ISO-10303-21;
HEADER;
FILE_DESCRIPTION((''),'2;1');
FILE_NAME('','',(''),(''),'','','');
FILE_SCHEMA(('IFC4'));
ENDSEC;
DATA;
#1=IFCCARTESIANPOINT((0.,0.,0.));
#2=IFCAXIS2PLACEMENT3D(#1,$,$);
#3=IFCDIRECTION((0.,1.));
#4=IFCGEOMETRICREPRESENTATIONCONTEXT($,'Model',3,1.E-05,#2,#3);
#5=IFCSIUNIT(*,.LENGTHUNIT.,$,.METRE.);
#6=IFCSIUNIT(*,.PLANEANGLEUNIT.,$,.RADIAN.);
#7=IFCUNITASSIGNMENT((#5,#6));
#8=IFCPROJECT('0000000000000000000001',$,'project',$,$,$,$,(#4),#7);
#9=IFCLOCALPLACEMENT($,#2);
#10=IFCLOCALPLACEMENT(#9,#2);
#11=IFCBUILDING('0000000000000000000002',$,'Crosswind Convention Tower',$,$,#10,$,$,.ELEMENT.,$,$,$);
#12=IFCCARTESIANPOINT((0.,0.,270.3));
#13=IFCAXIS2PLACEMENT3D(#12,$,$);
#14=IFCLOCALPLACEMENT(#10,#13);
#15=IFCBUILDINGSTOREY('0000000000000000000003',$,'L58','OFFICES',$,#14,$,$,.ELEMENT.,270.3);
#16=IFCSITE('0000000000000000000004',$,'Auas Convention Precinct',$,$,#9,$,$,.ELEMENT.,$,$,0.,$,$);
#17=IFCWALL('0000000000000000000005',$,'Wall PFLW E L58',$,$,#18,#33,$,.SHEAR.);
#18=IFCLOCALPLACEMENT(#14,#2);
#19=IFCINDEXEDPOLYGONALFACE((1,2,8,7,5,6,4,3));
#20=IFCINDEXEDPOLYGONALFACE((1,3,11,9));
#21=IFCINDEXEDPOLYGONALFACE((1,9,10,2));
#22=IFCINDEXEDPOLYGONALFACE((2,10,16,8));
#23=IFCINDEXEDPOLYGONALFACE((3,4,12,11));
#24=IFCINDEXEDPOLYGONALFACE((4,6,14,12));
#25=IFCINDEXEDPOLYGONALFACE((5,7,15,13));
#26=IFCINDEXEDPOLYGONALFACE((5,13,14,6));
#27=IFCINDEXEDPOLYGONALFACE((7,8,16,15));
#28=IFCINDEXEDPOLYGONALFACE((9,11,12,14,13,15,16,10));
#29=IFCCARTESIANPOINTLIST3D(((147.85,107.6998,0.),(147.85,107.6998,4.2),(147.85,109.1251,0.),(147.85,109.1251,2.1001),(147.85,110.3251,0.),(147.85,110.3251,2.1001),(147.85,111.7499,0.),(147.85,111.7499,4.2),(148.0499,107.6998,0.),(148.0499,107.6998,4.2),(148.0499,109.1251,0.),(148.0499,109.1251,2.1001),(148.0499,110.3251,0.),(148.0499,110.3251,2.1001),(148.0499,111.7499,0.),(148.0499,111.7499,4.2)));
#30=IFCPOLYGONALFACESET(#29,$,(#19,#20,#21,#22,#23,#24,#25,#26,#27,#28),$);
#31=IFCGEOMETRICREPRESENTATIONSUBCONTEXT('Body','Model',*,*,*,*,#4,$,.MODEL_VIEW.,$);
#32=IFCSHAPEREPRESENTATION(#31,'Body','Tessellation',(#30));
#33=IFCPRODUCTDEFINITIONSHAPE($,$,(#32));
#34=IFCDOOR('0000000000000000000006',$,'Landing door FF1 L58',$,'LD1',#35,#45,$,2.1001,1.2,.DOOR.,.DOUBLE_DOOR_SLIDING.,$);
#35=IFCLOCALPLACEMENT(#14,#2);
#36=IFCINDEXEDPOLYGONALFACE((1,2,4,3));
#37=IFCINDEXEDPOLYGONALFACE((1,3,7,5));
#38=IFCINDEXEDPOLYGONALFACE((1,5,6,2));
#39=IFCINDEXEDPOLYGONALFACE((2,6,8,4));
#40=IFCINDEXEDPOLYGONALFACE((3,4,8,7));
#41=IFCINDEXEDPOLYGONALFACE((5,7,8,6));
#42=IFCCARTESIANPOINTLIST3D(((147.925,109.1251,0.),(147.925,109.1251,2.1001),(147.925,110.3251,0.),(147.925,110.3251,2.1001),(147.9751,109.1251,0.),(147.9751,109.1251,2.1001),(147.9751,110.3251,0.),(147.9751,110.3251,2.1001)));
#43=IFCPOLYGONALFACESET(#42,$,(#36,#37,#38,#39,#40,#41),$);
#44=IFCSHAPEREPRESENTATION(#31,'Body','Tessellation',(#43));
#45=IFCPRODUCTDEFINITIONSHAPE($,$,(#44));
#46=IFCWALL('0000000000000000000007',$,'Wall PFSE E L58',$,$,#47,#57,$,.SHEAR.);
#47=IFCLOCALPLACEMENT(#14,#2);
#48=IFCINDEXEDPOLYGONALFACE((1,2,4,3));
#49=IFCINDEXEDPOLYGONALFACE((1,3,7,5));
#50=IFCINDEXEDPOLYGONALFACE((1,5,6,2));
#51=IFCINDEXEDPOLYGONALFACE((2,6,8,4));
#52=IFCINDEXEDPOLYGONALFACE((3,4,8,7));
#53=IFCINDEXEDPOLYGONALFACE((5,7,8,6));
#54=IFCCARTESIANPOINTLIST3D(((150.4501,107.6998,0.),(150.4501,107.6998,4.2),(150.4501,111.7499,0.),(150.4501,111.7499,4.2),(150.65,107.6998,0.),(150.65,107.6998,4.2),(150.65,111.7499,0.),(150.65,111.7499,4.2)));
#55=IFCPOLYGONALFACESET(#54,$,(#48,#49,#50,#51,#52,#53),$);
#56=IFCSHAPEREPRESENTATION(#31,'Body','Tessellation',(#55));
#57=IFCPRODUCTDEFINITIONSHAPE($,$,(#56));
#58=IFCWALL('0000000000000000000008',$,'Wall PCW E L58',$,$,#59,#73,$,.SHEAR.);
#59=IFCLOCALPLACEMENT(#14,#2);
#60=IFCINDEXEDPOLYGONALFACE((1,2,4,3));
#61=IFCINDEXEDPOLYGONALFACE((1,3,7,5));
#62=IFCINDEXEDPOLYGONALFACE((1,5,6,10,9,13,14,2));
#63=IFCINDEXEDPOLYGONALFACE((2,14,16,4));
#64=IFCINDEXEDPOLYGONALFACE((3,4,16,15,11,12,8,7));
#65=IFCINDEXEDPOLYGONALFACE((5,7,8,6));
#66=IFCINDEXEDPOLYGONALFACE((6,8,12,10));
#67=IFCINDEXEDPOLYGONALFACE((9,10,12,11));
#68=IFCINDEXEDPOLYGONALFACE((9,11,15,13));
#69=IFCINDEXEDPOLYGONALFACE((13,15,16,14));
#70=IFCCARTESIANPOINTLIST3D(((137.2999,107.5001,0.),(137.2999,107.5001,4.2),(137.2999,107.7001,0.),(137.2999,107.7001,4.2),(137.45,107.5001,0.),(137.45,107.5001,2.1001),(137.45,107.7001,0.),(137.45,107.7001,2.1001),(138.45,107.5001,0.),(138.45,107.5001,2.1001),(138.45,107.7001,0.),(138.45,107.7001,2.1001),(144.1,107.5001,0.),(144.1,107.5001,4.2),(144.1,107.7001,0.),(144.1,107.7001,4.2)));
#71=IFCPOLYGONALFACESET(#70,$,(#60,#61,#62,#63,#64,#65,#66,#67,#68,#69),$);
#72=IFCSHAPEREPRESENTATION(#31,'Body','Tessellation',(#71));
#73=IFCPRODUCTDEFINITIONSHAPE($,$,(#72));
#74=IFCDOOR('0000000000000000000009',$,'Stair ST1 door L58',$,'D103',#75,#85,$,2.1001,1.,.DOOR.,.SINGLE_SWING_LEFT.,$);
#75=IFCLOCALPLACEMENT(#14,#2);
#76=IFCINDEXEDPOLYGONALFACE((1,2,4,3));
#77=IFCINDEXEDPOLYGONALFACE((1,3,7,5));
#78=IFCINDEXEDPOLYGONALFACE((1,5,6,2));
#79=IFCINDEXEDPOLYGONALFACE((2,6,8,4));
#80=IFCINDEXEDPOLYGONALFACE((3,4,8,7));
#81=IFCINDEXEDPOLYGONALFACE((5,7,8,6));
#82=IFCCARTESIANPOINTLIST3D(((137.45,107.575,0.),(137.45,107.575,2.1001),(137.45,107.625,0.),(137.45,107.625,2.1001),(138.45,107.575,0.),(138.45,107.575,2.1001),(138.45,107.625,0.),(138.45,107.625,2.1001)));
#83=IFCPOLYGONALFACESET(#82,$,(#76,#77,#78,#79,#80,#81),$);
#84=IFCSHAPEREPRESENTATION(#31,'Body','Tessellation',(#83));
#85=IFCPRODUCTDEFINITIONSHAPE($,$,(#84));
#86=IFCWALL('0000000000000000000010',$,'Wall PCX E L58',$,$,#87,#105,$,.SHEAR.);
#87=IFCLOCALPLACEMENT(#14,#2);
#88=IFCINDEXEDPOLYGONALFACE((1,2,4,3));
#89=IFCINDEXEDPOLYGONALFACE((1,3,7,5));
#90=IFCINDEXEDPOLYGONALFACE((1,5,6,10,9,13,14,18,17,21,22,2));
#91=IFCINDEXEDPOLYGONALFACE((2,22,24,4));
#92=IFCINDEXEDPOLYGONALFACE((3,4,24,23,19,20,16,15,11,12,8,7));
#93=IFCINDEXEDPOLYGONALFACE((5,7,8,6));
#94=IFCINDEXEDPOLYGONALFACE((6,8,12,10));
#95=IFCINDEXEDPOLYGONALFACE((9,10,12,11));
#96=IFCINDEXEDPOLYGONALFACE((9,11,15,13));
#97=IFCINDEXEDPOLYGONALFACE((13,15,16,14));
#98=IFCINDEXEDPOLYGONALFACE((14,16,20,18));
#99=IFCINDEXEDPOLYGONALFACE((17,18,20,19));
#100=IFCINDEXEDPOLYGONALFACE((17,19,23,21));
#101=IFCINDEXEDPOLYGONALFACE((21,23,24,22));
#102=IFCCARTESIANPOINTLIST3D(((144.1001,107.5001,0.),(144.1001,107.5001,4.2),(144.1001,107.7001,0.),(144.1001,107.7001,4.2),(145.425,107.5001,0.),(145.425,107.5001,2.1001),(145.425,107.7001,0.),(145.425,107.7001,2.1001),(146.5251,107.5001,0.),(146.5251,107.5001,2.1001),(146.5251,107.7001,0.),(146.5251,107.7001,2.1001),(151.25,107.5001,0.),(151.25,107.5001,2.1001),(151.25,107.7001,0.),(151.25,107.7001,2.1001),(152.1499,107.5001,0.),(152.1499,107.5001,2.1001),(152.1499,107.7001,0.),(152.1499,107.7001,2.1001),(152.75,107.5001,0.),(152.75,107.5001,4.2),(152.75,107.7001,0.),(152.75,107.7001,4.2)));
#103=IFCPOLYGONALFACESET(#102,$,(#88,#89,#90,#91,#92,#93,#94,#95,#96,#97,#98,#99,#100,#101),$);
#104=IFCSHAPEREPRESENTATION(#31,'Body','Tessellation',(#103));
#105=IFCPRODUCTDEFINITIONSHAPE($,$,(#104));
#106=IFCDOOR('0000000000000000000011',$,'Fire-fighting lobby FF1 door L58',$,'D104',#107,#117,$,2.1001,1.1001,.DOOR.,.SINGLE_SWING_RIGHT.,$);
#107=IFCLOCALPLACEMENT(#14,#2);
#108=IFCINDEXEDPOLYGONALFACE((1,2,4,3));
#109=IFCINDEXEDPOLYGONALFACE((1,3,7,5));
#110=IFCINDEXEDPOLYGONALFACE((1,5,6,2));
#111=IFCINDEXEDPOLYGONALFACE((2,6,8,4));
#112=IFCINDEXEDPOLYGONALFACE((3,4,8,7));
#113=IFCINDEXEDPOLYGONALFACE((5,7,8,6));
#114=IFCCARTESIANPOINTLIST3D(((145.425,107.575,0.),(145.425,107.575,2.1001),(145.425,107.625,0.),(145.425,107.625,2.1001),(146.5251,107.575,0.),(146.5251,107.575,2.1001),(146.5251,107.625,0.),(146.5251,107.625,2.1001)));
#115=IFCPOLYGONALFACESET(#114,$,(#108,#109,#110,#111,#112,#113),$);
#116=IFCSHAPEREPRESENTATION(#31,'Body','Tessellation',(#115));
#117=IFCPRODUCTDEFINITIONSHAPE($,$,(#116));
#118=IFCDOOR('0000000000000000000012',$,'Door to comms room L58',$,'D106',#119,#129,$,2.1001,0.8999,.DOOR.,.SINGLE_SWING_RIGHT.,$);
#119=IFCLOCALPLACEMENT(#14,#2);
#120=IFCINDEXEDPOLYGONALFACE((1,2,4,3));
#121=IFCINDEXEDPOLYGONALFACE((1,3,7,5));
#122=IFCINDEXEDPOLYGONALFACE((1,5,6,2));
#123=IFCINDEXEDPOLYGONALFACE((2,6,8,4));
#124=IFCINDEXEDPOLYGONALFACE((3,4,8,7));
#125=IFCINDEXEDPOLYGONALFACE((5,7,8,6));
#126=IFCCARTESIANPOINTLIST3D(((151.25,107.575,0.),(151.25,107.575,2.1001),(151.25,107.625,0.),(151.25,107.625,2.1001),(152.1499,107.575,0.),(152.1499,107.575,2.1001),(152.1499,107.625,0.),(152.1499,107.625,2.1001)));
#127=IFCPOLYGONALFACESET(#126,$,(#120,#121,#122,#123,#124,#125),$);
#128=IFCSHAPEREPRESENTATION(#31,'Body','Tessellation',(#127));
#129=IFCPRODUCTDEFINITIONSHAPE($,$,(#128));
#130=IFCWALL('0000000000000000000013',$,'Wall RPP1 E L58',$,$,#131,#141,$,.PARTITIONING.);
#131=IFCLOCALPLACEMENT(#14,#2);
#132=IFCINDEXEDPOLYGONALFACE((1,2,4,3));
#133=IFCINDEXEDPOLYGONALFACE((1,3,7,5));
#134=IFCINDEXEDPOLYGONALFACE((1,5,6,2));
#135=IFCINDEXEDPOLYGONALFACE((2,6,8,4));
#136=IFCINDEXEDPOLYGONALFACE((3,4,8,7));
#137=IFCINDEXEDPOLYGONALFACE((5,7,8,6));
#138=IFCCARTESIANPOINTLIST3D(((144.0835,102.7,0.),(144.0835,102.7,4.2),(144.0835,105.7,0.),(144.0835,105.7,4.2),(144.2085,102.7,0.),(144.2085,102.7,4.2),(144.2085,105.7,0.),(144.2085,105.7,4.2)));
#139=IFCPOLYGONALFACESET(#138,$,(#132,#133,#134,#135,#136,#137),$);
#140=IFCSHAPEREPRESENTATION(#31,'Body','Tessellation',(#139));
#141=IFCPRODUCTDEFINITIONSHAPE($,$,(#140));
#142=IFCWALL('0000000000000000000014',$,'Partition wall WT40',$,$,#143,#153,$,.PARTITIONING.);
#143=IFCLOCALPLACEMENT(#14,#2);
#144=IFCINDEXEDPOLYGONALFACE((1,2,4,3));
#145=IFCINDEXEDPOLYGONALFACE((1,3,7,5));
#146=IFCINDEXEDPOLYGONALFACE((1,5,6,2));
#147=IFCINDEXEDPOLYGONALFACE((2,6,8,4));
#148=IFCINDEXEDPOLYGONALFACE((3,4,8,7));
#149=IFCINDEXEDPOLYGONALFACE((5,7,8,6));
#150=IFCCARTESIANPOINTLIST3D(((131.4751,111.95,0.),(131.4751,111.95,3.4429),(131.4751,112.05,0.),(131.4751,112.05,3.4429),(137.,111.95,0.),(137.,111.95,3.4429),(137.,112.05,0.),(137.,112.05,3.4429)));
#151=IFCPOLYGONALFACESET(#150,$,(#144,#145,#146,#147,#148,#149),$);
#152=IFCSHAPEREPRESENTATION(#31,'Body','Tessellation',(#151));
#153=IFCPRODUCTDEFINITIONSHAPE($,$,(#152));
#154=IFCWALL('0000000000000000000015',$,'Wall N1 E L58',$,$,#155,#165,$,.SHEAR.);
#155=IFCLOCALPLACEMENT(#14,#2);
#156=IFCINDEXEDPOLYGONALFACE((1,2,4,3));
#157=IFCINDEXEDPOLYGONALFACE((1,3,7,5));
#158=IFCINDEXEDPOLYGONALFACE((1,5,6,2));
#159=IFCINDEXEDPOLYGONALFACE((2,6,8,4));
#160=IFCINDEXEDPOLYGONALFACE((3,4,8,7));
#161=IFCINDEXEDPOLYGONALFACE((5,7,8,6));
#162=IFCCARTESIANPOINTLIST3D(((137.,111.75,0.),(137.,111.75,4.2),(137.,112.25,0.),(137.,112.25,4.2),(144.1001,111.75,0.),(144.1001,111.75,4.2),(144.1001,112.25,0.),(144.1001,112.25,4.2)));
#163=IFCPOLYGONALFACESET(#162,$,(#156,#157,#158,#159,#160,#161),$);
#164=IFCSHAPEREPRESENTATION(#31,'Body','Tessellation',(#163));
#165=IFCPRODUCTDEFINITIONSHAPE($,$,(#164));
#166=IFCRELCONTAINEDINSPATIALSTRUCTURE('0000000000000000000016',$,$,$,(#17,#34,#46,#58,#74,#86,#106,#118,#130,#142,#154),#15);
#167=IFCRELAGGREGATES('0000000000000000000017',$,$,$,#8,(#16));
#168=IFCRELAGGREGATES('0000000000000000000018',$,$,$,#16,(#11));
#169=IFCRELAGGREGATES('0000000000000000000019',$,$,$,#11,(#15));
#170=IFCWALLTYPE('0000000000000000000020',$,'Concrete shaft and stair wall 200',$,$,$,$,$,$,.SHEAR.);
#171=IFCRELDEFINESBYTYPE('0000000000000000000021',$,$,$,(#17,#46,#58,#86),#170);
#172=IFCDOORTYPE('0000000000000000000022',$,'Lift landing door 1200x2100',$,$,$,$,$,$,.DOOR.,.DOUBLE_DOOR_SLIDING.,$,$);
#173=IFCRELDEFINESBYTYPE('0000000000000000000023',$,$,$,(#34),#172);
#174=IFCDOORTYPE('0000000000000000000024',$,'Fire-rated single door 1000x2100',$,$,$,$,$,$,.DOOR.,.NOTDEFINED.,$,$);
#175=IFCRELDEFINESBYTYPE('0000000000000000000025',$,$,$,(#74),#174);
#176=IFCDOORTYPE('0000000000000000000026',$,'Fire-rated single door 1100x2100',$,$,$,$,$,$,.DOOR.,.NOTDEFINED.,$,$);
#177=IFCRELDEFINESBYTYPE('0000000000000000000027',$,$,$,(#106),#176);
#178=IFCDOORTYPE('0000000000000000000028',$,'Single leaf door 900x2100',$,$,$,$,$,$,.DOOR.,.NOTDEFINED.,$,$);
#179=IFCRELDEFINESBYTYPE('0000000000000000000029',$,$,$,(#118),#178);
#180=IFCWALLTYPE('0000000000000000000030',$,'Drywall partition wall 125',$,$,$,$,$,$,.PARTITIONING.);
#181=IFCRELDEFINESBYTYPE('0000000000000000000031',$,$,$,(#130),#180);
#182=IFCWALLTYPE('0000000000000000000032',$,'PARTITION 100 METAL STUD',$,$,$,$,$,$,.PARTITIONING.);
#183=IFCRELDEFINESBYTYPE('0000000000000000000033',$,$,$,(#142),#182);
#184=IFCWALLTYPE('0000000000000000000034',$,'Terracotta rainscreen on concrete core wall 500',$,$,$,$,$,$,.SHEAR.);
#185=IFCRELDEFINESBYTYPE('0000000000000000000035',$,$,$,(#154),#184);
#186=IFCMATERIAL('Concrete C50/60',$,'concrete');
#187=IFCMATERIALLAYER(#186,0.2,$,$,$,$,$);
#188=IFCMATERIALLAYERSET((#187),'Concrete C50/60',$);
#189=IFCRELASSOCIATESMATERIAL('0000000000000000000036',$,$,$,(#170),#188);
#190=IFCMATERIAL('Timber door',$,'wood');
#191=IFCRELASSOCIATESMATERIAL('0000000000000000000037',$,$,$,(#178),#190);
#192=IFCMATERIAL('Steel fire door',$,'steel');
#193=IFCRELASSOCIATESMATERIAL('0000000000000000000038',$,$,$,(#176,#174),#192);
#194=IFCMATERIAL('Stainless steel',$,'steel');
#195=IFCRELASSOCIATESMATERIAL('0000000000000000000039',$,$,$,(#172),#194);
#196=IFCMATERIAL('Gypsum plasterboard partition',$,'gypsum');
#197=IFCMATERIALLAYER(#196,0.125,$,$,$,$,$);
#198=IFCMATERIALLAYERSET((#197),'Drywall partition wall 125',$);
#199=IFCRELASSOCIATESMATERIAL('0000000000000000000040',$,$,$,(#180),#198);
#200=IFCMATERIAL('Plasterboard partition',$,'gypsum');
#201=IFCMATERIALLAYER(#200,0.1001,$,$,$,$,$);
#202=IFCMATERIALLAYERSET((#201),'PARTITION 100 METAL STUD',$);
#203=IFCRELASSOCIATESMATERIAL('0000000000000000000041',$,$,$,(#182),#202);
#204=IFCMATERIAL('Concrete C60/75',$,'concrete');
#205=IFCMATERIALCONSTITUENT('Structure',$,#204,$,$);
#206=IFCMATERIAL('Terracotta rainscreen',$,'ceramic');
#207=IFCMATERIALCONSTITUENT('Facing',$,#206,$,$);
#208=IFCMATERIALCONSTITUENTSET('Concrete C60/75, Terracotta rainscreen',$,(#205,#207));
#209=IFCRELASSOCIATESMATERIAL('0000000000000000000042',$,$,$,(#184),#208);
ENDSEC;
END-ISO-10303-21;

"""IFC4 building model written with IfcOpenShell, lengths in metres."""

from ifc_helpers import new_model, si_unit, direction, frame, frame_2d, origin, place, context, subcontext, project, spatial, rectangle, extrude, material, layer, layer_set, constituent, constituent_set, type_object, element, fill, save


model = new_model("IFC4")

# Units and contexts
model_context = context("Model", 3, precision=1e-05, world=origin(), true_north=direction((0.0, 1.0)))
body_context = subcontext(model_context, "Body", "Model", "MODEL_VIEW")
ifc_project = project(units=[si_unit("LENGTHUNIT", "METRE"), si_unit("PLANEANGLEUNIT", "RADIAN")], contexts=[model_context])

# Site, building, storey
site_placement = place(None, origin())
site = spatial("IfcSite", under=ifc_project, at=site_placement, Name="Auas Convention Precinct", CompositionType="ELEMENT", RefElevation=0.0)
building_placement = place(site_placement, origin())
building = spatial("IfcBuilding", under=site, at=building_placement, Name="Crosswind Convention Tower", CompositionType="ELEMENT")
storey_placement = place(building_placement, frame((0.0, 0.0, 270.3)))
storey = spatial("IfcBuildingStorey", under=building, at=storey_placement, Name="L58", Description="OFFICES", CompositionType="ELEMENT", Elevation=270.3)

# Shared definitions
ifc_material_1 = material(Name="Concrete C50/60", Category="concrete")
ifc_layer_1 = layer(ifc_material_1, 0.2)
ifc_layer_set_1 = layer_set([ifc_layer_1], Name="Concrete C50/60")
wall_type_1 = type_object("IfcWallType", Name="Concrete shaft and stair wall 200", PredefinedType="SHEAR", material=ifc_layer_set_1)

# Shared definitions
ifc_material_2 = material(Name="Timber door", Category="wood")
door_type_1 = type_object("IfcDoorType", Name="Single leaf door 900x2100", OperationType="NOTDEFINED", PredefinedType="DOOR", material=ifc_material_2)

# Shared definitions
ifc_material_3 = material(Name="Steel fire door", Category="steel")
door_type_2 = type_object("IfcDoorType", Name="Fire-rated single door 1100x2100", OperationType="NOTDEFINED", PredefinedType="DOOR", material=ifc_material_3)

# Wall, opening, door
wall_1_placement = place(storey_placement, frame((147.95, 107.7, 0.0), z_axis=(0.0, 0.0, 1.0), x_axis=(0.0, 1.0, 0.0)))
wall_1 = element("IfcWall", 1, at=wall_1_placement, inside=storey, type_object=wall_type_1, Name="Wall PFLW E L58", PredefinedType="SHEAR", context=body_context, shape_type="SweptSolid", body=[
    extrude(rectangle(XDim=4.05, YDim=0.2, at=frame_2d((2.0249, 0.0))), origin(), (0.0, 0.0, 1.0), 4.2),
])
opening_1_placement = place(wall_1_placement, frame((1.425, 0.0, 0.0)))
opening_1 = element("IfcOpeningElement", 2, at=opening_1_placement, cuts=wall_1, PredefinedType="OPENING", context=body_context, shape_type="SweptSolid", body=[
    extrude(rectangle(XDim=1.2, YDim=2.1001, at=frame_2d((0.6001, 1.05))), frame((0.0, 0.1099, 0.0), z_axis=(0.0, -1.0, 0.0), x_axis=(1.0, 0.0, 0.0)), (0.0, 0.0, 1.0), 0.22),
])
ifc_material_4 = material(Name="Stainless steel", Category="steel")
door_type_3 = type_object("IfcDoorType", Name="Lift landing door 1200x2100", OperationType="DOUBLE_DOOR_SLIDING", PredefinedType="DOOR", material=ifc_material_4)
door_1_placement = place(opening_1_placement, origin())
door_1 = element("IfcDoor", 3, at=door_1_placement, inside=storey, type_object=door_type_3, Name="Landing door FF1 L58", ObjectType="LD1", OperationType="DOUBLE_DOOR_SLIDING", OverallHeight=2.1001, OverallWidth=1.2, PredefinedType="DOOR", context=body_context, shape_type="SweptSolid", body=[
    extrude(rectangle(XDim=1.2, YDim=2.1001, at=frame_2d((0.6001, 1.05))), frame((0.0, 0.0249, 0.0), z_axis=(0.0, -1.0, 0.0), x_axis=(1.0, 0.0, 0.0)), (0.0, 0.0, 1.0), 0.05),
])
fill(opening_1, door_1)

# Wall
wall_2_placement = place(storey_placement, frame((150.55, 107.7, 0.0), z_axis=(0.0, 0.0, 1.0), x_axis=(0.0, 1.0, 0.0)))
element("IfcWall", 4, at=wall_2_placement, inside=storey, type_object=wall_type_1, Name="Wall PFSE E L58", PredefinedType="SHEAR", context=body_context, shape_type="SweptSolid", body=[
    extrude(rectangle(XDim=4.05, YDim=0.2, at=frame_2d((2.0249, 0.0))), origin(), (0.0, 0.0, 1.0), 4.2),
])

# Wall, opening, door
wall_3_placement = place(storey_placement, frame((137.3, 107.6001, 0.0), z_axis=(0.0, 0.0, 1.0), x_axis=(1.0, 0.0, 0.0)))
wall_3 = element("IfcWall", 5, at=wall_3_placement, inside=storey, type_object=wall_type_1, Name="Wall PCW E L58", PredefinedType="SHEAR", context=body_context, shape_type="SweptSolid", body=[
    extrude(rectangle(XDim=6.8, YDim=0.2, at=frame_2d((3.3999, 0.0))), origin(), (0.0, 0.0, 1.0), 4.2),
])
opening_2_placement = place(wall_3_placement, frame((0.1499, 0.0, 0.0)))
opening_2 = element("IfcOpeningElement", 6, at=opening_2_placement, cuts=wall_3, PredefinedType="OPENING", context=body_context, shape_type="SweptSolid", body=[
    extrude(rectangle(XDim=1.0, YDim=2.1001, at=frame_2d((0.5, 1.05))), frame((0.0, 0.1099, 0.0), z_axis=(0.0, -1.0, 0.0), x_axis=(1.0, 0.0, 0.0)), (0.0, 0.0, 1.0), 0.22),
])
door_type_4 = type_object("IfcDoorType", Name="Fire-rated single door 1000x2100", OperationType="NOTDEFINED", PredefinedType="DOOR", material=ifc_material_3)
door_2_placement = place(opening_2_placement, origin())
door_2 = element("IfcDoor", 7, at=door_2_placement, inside=storey, type_object=door_type_4, Name="Stair ST1 door L58", ObjectType="D103", OperationType="SINGLE_SWING_LEFT", OverallHeight=2.1001, OverallWidth=1.0, PredefinedType="DOOR", context=body_context, shape_type="SweptSolid", body=[
    extrude(rectangle(XDim=1.0, YDim=2.1001, at=frame_2d((0.5, 1.05))), frame((0.0, 0.0249, 0.0), z_axis=(0.0, -1.0, 0.0), x_axis=(1.0, 0.0, 0.0)), (0.0, 0.0, 1.0), 0.05),
])
fill(opening_2, door_2)

# Wall, openings, doors
wall_4_placement = place(storey_placement, frame((144.1001, 107.6001, 0.0), z_axis=(0.0, 0.0, 1.0), x_axis=(1.0, 0.0, 0.0)))
wall_4 = element("IfcWall", 8, at=wall_4_placement, inside=storey, type_object=wall_type_1, Name="Wall PCX E L58", PredefinedType="SHEAR", context=body_context, shape_type="SweptSolid", body=[
    extrude(rectangle(XDim=8.6499, YDim=0.2, at=frame_2d((4.325, 0.0))), origin(), (0.0, 0.0, 1.0), 4.2),
])
opening_3_placement = place(wall_4_placement, frame((1.325, 0.0, 0.0)))
opening_3 = element("IfcOpeningElement", 9, at=opening_3_placement, cuts=wall_4, PredefinedType="OPENING", context=body_context, shape_type="SweptSolid", body=[
    extrude(rectangle(XDim=1.1001, YDim=2.1001, at=frame_2d((0.55, 1.05))), frame((0.0, 0.1099, 0.0), z_axis=(0.0, -1.0, 0.0), x_axis=(1.0, 0.0, 0.0)), (0.0, 0.0, 1.0), 0.22),
])
opening_4_placement = place(wall_4_placement, frame((7.1499, 0.0, 0.0)))
opening_4 = element("IfcOpeningElement", 10, at=opening_4_placement, cuts=wall_4, PredefinedType="OPENING", context=body_context, shape_type="SweptSolid", body=[
    extrude(rectangle(XDim=0.8999, YDim=2.1001, at=frame_2d((0.45, 1.05))), frame((0.0, 0.1099, 0.0), z_axis=(0.0, -1.0, 0.0), x_axis=(1.0, 0.0, 0.0)), (0.0, 0.0, 1.0), 0.22),
])
door_3_placement = place(opening_3_placement, origin())
door_3 = element("IfcDoor", 11, at=door_3_placement, inside=storey, type_object=door_type_2, Name="Fire-fighting lobby FF1 door L58", ObjectType="D104", OperationType="SINGLE_SWING_RIGHT", OverallHeight=2.1001, OverallWidth=1.1001, PredefinedType="DOOR", context=body_context, shape_type="SweptSolid", body=[
    extrude(rectangle(XDim=1.1001, YDim=2.1001, at=frame_2d((0.55, 1.05))), frame((0.0, 0.0249, 0.0), z_axis=(0.0, -1.0, 0.0), x_axis=(1.0, 0.0, 0.0)), (0.0, 0.0, 1.0), 0.05),
])
fill(opening_3, door_3)
door_4_placement = place(opening_4_placement, origin())
door_4 = element("IfcDoor", 12, at=door_4_placement, inside=storey, type_object=door_type_1, Name="Door to comms room L58", ObjectType="D106", OperationType="SINGLE_SWING_RIGHT", OverallHeight=2.1001, OverallWidth=0.8999, PredefinedType="DOOR", context=body_context, shape_type="SweptSolid", body=[
    extrude(rectangle(XDim=0.8999, YDim=2.1001, at=frame_2d((0.45, 1.05))), frame((0.0, 0.0249, 0.0), z_axis=(0.0, -1.0, 0.0), x_axis=(1.0, 0.0, 0.0)), (0.0, 0.0, 1.0), 0.05),
])
fill(opening_4, door_4)

# Walls
ifc_material_5 = material(Name="Gypsum plasterboard partition", Category="gypsum")
ifc_layer_2 = layer(ifc_material_5, 0.125)
ifc_layer_set_2 = layer_set([ifc_layer_2], Name="Drywall partition wall 125")
wall_type_2 = type_object("IfcWallType", Name="Drywall partition wall 125", PredefinedType="PARTITIONING", material=ifc_layer_set_2)
wall_5_placement = place(storey_placement, frame((144.146, 102.7, 0.0), z_axis=(0.0, 0.0, 1.0), x_axis=(0.0, 1.0, 0.0)))
element("IfcWall", 13, at=wall_5_placement, inside=storey, type_object=wall_type_2, Name="Wall RPP1 E L58", PredefinedType="PARTITIONING", context=body_context, shape_type="SweptSolid", body=[
    extrude(rectangle(XDim=3.0, YDim=0.125, at=frame_2d((1.5, 0.0))), origin(), (0.0, 0.0, 1.0), 4.2),
])
ifc_material_6 = material(Name="Plasterboard partition", Category="gypsum")
ifc_layer_3 = layer(ifc_material_6, 0.1001)
ifc_layer_set_3 = layer_set([ifc_layer_3], Name="PARTITION 100 METAL STUD")
wall_type_3 = type_object("IfcWallType", Name="PARTITION 100 METAL STUD", PredefinedType="PARTITIONING", material=ifc_layer_set_3)
wall_6_placement = place(storey_placement, frame((131.4751, 112.0, 0.0), z_axis=(0.0, 0.0, 1.0), x_axis=(1.0, 0.0, 0.0)))
element("IfcWall", 14, at=wall_6_placement, inside=storey, type_object=wall_type_3, Name="Partition wall WT40", PredefinedType="PARTITIONING", context=body_context, shape_type="SweptSolid", body=[
    extrude(rectangle(XDim=5.5249, YDim=0.1001, at=frame_2d((2.7625, 0.0))), origin(), (0.0, 0.0, 1.0), 3.4429),
])
ifc_material_7 = material(Name="Concrete C60/75", Category="concrete")
ifc_constituent_1 = constituent(ifc_material_7, Name="Structure")
ifc_material_8 = material(Name="Terracotta rainscreen", Category="ceramic")
ifc_constituent_2 = constituent(ifc_material_8, Name="Facing")
ifc_constituent_set = constituent_set(constituents=[ifc_constituent_1, ifc_constituent_2], Name="Concrete C60/75, Terracotta rainscreen")
wall_type_4 = type_object("IfcWallType", Name="Terracotta rainscreen on concrete core wall 500", PredefinedType="SHEAR", material=ifc_constituent_set)
wall_7_placement = place(storey_placement, frame((137.0, 112.0, 0.0), z_axis=(0.0, 0.0, 1.0), x_axis=(1.0, 0.0, 0.0)))
element("IfcWall", 15, at=wall_7_placement, inside=storey, type_object=wall_type_4, Name="Wall N1 E L58", PredefinedType="SHEAR", context=body_context, shape_type="SweptSolid", body=[
    extrude(rectangle(XDim=7.1001, YDim=0.5, at=frame_2d((3.55, 0.0))), origin(), (0.0, 0.0, 1.0), 4.2),
])

save(model, "model.ifc")
